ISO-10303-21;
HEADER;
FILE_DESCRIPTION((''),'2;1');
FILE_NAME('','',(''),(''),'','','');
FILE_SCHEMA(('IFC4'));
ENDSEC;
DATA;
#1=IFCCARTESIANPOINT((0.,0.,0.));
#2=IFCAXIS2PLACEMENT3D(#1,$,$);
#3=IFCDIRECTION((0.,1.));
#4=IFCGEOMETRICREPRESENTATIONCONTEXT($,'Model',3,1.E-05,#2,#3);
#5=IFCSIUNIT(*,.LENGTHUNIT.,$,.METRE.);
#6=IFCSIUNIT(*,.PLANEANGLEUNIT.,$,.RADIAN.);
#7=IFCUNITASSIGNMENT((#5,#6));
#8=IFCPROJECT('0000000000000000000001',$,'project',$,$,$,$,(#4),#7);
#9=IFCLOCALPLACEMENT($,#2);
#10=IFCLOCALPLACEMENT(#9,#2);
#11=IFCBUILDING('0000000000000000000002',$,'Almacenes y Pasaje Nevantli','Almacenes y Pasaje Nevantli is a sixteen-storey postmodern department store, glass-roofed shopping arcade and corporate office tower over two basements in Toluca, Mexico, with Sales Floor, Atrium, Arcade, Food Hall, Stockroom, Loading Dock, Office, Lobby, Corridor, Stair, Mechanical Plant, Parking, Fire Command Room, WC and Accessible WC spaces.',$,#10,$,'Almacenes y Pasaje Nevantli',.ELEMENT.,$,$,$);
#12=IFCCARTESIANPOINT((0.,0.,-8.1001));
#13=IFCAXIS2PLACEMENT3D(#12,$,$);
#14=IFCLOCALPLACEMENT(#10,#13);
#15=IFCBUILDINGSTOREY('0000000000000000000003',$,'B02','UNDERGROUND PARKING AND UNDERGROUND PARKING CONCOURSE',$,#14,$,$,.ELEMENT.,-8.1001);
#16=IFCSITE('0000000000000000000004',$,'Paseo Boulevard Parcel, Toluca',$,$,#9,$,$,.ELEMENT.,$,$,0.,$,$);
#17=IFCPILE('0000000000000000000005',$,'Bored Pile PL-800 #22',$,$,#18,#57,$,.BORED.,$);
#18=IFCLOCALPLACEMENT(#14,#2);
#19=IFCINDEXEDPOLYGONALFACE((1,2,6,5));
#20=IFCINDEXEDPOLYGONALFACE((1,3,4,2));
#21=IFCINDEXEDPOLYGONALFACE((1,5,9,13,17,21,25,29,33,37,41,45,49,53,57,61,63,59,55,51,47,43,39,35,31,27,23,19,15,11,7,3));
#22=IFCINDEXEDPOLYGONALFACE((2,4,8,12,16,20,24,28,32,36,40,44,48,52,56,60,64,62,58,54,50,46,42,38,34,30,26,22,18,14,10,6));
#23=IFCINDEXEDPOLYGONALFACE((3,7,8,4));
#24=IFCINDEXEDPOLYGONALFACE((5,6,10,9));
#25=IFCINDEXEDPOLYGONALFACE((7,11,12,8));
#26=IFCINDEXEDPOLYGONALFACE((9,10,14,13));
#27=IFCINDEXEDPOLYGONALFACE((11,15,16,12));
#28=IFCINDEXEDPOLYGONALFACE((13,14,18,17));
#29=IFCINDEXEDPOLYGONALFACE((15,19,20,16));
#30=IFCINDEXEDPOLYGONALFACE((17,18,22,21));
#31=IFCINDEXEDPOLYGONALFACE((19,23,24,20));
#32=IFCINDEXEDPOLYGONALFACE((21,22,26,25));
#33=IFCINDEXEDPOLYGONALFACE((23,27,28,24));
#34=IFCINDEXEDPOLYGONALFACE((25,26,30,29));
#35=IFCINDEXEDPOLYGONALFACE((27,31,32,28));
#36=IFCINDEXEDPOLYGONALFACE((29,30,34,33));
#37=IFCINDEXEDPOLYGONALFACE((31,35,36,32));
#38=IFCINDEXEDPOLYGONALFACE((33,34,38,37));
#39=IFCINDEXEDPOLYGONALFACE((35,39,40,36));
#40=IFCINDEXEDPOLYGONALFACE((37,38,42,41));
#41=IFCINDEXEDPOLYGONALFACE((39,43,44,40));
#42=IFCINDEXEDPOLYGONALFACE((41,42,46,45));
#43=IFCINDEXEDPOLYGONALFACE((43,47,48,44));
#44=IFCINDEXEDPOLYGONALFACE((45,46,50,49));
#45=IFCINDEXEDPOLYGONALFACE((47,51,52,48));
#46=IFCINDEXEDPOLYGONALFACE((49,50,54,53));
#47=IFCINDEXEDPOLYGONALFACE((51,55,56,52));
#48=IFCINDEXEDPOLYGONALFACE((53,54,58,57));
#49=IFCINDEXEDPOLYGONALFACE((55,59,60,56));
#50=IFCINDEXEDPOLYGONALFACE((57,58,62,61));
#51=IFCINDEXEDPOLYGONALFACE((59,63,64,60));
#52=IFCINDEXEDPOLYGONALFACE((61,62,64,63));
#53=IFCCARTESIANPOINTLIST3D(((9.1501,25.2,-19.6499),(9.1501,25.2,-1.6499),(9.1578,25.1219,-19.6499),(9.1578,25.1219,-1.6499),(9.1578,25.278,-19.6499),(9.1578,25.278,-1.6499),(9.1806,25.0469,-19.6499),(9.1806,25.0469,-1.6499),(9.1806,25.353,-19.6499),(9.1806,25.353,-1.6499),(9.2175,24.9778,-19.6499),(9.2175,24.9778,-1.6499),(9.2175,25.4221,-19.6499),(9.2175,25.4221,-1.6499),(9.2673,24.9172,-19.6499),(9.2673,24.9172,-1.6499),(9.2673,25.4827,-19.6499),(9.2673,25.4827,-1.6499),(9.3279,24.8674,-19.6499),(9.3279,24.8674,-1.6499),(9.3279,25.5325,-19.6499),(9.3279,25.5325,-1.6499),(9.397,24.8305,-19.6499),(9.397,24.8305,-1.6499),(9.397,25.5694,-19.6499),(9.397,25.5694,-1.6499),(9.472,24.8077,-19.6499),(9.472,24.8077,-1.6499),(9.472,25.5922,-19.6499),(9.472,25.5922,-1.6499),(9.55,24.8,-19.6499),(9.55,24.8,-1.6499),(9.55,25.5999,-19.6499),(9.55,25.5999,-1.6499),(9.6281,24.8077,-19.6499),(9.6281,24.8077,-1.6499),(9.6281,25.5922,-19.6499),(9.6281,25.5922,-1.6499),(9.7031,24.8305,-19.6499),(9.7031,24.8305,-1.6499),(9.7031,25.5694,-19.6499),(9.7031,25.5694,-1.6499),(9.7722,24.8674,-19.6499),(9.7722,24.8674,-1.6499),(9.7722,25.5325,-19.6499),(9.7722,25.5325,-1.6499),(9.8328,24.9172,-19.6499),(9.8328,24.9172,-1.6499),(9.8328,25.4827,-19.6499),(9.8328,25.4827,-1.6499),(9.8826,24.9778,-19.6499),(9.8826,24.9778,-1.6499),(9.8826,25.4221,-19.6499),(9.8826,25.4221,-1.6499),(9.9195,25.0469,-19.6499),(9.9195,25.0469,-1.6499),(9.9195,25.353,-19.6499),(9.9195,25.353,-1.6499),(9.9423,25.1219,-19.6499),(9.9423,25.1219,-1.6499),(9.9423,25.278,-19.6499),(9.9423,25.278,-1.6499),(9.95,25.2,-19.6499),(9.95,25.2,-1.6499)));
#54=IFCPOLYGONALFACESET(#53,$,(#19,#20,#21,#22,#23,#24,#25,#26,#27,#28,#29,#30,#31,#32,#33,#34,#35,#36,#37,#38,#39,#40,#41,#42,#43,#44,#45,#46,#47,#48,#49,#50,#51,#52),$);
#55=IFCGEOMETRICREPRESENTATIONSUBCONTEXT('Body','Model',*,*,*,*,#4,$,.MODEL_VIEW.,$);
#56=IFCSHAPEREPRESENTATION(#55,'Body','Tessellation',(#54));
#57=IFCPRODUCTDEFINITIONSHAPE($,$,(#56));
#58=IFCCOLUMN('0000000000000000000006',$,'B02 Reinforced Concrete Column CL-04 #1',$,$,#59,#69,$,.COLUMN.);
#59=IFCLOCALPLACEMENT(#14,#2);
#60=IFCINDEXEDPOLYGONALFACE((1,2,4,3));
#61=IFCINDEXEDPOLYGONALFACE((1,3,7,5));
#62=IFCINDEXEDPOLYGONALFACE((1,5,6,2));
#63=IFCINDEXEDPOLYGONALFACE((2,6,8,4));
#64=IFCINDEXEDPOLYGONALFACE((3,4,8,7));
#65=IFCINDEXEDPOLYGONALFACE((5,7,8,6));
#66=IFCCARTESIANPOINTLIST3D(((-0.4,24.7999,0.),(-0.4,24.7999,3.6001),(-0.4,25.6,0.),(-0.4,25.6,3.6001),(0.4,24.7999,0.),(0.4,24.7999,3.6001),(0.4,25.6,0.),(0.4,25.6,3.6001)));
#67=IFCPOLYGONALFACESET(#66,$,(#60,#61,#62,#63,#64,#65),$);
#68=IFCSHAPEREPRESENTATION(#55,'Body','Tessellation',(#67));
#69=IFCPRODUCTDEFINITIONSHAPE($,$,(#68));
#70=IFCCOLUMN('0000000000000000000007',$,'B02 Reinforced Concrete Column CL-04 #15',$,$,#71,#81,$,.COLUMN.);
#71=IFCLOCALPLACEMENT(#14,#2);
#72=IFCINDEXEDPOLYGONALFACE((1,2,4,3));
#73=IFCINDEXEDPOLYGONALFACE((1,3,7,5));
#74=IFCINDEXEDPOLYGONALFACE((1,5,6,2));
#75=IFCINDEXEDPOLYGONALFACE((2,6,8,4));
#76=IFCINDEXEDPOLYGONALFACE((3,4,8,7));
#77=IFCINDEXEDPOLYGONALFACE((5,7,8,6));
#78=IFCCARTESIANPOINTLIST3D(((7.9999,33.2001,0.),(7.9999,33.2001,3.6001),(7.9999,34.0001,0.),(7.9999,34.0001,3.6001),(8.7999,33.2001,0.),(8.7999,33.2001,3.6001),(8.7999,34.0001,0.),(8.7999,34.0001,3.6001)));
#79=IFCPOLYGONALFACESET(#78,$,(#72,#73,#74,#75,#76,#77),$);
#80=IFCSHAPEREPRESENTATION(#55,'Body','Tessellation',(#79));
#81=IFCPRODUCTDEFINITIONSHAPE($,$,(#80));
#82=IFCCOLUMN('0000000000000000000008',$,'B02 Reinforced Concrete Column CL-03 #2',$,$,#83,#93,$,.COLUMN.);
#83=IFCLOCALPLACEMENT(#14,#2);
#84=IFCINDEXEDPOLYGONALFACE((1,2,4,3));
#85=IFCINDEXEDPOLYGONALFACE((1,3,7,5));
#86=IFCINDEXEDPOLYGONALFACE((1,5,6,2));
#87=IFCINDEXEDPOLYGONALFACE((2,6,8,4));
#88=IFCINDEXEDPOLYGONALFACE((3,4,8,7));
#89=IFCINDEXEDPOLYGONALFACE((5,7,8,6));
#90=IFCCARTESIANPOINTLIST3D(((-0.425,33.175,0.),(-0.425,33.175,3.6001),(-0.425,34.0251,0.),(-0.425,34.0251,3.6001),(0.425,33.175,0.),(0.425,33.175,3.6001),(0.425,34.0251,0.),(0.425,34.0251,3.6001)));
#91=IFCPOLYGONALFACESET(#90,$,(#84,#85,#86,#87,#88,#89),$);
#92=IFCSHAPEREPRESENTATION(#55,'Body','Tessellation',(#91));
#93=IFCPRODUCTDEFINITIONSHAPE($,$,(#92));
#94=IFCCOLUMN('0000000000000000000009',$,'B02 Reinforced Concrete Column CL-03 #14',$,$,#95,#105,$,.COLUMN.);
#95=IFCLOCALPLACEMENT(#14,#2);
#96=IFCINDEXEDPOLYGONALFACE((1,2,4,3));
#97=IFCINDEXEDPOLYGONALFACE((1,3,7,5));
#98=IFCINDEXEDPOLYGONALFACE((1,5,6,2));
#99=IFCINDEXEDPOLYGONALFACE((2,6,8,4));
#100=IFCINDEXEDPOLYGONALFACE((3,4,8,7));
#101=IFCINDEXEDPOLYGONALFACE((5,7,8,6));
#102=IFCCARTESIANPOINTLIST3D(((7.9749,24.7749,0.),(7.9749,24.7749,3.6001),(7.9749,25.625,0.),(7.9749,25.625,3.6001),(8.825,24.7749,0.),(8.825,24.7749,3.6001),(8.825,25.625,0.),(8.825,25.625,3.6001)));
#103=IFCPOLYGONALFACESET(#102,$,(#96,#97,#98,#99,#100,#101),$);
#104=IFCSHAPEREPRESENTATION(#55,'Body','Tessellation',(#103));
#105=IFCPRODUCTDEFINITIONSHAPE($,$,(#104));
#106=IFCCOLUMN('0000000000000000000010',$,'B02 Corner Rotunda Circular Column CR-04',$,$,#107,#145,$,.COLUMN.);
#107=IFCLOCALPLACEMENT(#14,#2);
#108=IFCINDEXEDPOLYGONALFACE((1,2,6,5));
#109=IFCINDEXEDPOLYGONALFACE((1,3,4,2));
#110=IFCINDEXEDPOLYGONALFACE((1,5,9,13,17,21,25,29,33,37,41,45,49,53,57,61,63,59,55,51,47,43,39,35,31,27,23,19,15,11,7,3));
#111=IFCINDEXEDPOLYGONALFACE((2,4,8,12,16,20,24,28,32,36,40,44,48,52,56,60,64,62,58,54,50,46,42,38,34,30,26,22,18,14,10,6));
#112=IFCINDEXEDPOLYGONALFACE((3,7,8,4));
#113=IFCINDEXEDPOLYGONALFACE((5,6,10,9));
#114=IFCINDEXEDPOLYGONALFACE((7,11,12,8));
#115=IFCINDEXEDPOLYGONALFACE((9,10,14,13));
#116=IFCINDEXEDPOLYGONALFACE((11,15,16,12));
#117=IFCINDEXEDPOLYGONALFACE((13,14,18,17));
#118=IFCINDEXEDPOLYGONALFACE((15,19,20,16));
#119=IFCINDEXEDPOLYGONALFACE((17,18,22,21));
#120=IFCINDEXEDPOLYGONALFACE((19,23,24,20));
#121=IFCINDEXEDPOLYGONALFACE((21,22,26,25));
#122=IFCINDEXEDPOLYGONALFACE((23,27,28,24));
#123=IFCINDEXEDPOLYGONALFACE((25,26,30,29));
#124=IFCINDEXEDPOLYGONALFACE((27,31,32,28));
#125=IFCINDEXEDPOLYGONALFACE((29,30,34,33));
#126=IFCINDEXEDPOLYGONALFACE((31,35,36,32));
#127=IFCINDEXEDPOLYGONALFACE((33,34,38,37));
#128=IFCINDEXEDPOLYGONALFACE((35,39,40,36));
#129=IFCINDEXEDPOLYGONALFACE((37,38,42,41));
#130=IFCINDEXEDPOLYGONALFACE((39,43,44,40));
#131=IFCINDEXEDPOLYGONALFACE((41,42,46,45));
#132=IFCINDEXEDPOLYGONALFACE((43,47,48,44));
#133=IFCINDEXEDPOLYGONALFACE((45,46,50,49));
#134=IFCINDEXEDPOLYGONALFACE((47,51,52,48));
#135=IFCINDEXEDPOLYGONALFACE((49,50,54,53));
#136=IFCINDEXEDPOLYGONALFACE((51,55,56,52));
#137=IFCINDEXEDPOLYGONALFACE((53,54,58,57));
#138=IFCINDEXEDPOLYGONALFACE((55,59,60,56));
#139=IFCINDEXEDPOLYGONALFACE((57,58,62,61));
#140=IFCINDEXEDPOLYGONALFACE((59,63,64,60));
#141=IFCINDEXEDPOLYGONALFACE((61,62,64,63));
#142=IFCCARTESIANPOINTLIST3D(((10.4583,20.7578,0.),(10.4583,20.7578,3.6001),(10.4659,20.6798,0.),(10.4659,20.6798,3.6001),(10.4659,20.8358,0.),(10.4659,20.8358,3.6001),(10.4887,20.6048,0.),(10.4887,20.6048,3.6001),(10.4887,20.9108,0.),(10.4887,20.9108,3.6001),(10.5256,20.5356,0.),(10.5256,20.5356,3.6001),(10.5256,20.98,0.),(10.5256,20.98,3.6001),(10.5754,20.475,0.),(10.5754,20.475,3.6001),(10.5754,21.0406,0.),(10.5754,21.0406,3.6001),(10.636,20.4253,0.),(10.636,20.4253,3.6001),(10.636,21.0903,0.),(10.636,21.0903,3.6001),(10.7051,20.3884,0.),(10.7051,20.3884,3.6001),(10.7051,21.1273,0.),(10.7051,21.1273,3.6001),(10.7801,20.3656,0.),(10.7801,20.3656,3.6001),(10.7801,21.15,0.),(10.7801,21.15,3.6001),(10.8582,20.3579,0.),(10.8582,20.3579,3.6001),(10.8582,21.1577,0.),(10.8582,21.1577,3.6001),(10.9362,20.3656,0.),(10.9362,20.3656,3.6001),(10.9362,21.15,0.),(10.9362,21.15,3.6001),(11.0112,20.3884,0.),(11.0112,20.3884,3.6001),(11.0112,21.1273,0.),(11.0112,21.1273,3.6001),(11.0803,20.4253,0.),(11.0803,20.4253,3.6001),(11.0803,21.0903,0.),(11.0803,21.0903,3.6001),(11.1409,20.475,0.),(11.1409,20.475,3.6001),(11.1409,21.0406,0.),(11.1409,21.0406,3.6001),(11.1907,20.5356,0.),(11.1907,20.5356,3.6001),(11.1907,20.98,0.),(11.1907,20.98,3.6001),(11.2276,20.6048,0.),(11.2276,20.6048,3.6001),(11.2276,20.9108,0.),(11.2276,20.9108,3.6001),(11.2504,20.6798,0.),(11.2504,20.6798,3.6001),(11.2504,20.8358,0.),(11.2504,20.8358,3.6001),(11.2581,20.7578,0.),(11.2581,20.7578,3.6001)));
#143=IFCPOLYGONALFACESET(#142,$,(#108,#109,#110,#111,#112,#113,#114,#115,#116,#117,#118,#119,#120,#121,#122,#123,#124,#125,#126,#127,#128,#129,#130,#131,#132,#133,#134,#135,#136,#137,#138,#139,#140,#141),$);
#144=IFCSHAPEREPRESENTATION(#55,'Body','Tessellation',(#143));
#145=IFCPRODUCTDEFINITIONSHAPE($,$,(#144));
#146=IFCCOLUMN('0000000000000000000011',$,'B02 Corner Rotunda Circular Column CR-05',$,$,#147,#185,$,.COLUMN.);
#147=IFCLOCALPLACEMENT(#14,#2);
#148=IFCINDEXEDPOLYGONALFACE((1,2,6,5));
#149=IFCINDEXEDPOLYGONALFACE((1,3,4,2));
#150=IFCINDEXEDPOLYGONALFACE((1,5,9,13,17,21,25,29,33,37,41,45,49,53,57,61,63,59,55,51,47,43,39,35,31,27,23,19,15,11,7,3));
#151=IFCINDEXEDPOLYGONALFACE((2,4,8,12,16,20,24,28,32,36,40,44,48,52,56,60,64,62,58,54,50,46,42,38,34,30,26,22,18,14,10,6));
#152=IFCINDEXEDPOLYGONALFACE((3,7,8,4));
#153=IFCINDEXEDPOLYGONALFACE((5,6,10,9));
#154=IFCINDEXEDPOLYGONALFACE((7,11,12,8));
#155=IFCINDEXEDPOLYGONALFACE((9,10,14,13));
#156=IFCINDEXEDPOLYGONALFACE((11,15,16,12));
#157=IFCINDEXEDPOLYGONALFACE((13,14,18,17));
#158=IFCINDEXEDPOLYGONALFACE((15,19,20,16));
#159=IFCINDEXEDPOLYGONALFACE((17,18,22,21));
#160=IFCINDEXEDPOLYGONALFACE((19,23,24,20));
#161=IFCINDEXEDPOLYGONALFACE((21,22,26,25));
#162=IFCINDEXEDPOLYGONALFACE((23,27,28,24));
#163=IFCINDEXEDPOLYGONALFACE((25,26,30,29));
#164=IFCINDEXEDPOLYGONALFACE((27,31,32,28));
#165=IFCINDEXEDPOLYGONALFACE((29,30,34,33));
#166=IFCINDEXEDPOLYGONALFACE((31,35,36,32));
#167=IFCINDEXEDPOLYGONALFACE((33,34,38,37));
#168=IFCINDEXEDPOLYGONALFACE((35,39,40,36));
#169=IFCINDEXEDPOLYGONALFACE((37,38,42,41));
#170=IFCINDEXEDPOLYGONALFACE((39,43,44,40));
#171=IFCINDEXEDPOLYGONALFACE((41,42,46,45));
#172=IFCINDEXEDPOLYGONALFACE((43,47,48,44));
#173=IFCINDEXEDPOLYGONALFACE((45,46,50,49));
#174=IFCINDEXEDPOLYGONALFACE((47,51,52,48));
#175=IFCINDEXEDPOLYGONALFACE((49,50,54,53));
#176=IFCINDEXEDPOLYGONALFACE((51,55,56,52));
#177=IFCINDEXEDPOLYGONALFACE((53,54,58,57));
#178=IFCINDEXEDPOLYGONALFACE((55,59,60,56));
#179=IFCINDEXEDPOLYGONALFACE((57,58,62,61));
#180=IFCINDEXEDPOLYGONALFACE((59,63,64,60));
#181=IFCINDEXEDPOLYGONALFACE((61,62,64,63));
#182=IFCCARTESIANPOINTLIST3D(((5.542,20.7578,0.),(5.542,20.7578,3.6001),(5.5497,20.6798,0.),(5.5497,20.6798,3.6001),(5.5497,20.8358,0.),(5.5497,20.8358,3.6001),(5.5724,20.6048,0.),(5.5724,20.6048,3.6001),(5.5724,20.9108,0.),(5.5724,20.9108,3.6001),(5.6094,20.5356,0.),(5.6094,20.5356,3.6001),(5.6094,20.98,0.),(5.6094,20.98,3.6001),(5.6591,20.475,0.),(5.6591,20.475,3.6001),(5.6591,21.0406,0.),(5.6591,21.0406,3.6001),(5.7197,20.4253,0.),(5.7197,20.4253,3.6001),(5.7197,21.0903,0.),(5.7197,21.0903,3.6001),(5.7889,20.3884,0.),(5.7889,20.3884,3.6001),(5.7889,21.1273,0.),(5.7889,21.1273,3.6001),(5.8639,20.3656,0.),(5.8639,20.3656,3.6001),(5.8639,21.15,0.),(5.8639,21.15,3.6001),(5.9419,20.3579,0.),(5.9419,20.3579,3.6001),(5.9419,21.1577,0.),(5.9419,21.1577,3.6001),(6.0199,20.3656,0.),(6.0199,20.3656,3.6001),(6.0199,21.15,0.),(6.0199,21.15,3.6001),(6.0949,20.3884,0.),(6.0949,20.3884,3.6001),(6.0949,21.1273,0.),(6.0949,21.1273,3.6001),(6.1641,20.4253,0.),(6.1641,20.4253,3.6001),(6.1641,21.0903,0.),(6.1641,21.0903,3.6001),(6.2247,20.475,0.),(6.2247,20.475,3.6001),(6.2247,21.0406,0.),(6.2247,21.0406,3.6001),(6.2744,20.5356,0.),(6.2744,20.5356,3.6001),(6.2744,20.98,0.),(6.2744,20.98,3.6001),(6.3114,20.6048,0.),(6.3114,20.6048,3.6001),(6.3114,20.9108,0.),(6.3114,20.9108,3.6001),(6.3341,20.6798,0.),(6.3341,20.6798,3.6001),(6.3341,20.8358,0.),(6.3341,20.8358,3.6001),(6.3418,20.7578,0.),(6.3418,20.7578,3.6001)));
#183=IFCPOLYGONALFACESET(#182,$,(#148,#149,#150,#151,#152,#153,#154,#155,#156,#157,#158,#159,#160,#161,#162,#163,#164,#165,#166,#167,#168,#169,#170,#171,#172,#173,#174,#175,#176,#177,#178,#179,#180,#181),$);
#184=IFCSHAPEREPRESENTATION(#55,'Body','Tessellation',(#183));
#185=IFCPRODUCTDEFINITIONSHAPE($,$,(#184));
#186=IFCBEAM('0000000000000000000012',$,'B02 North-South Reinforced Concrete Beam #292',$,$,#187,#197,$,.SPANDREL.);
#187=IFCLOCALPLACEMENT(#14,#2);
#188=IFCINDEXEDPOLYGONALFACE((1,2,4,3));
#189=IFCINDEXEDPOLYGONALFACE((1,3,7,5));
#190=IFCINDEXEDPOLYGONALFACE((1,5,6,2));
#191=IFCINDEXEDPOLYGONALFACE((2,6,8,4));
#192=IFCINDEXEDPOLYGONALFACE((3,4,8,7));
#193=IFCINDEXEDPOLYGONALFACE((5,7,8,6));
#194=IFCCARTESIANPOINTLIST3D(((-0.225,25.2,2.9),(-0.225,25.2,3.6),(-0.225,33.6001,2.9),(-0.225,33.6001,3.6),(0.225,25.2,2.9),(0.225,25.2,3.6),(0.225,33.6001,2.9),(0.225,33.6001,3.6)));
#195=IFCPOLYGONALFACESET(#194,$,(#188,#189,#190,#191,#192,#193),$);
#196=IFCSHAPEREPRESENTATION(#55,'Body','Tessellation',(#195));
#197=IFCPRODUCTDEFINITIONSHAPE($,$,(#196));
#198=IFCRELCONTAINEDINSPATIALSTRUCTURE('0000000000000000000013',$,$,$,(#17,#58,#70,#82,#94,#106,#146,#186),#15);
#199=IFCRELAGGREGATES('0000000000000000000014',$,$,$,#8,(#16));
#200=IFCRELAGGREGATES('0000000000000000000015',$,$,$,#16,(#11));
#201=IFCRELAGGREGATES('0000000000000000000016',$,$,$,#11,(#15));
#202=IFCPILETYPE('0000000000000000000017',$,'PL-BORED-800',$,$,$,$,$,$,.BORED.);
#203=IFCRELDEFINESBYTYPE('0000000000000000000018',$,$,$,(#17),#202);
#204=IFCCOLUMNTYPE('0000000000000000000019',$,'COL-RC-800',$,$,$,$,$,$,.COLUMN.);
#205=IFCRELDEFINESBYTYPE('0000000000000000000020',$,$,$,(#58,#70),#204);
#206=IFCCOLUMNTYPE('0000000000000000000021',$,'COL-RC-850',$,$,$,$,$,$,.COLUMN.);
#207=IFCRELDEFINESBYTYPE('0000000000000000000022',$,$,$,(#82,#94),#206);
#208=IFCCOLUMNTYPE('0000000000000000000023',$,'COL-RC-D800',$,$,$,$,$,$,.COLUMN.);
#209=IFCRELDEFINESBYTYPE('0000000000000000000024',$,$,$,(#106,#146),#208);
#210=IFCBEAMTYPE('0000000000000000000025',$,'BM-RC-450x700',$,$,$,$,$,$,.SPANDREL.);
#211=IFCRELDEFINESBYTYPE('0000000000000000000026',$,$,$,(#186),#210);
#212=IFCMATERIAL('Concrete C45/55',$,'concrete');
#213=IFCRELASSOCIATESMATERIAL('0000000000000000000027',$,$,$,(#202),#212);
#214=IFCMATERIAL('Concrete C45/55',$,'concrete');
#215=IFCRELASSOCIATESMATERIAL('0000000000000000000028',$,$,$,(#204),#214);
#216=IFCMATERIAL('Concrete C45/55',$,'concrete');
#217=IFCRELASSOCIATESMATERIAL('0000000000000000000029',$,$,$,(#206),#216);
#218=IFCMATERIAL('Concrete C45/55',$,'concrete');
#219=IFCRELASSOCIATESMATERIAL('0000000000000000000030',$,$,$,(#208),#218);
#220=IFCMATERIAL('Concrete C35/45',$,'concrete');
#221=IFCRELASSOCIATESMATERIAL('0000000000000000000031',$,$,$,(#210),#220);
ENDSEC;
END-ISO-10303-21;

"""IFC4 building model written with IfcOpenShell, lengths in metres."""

from ifc_helpers import new_model, si_unit, direction, frame, origin, origin_2d, place, context, subcontext, project, spatial, rectangle, circle, extrude, material, material_profile, profile_set, type_object, element, save


model = new_model("IFC4")

# Units and contexts
model_context = context("Model", 3, precision=1e-05, world=origin(), true_north=direction((0.0, 1.0)))
body_context = subcontext(model_context, "Body", "Model", "MODEL_VIEW")
ifc_project = project(units=[si_unit("LENGTHUNIT", "METRE"), si_unit("PLANEANGLEUNIT", "RADIAN")], contexts=[model_context])

# Site, building, storey
site_placement = place(None, origin())
site = spatial("IfcSite", under=ifc_project, at=site_placement, Name="Paseo Boulevard Parcel, Toluca", CompositionType="ELEMENT", RefElevation=0.0)
building_placement = place(site_placement, origin())
building = spatial("IfcBuilding", under=site, at=building_placement, Name="Almacenes y Pasaje Nevantli", Description="Almacenes y Pasaje Nevantli is a sixteen-storey postmodern department store, glass-roofed shopping arcade and corporate office tower over two basements in Toluca, Mexico, with Sales Floor, Atrium, Arcade, Food Hall, Stockroom, Loading Dock, Office, Lobby, Corridor, Stair, Mechanical Plant, Parking, Fire Command Room, WC and Accessible WC spaces.", LongName="Almacenes y Pasaje Nevantli", CompositionType="ELEMENT")
storey_placement = place(building_placement, frame((0.0, 0.0, -8.1001)))
storey = spatial("IfcBuildingStorey", under=building, at=storey_placement, Name="B02", Description="UNDERGROUND PARKING AND UNDERGROUND PARKING CONCOURSE", CompositionType="ELEMENT", Elevation=-8.1001)

# Pile
ifc_material_1 = material(Name="Concrete C45/55", Category="concrete")
ifc_material_profile_1 = material_profile(ifc_material_1, circle(Radius=0.3999, at=origin_2d()), Name="RC-PILE-D800")
ifc_profile_set_1 = profile_set([ifc_material_profile_1], Name="Concrete C45/55")
pile_type_1 = type_object("IfcPileType", Name="PL-BORED-800", PredefinedType="BORED", material=ifc_profile_set_1)
for number, where, z_axis, x_axis, name in (
    (1, (9.55, 25.2, -1.6499), (0.0, 0.0, -1.0), (1.0, 0.0, 0.0), "Bored Pile PL-800 #22"),
):
    element("IfcPile", number, at=place(storey_placement, frame(where, z_axis=z_axis, x_axis=x_axis)), inside=storey, type_object=pile_type_1, Name=name, PredefinedType="BORED", context=body_context, shape_type="SweptSolid", body=[
        extrude(circle(Radius=0.3999, at=origin_2d()), origin(), (0.0, 0.0, 1.0), 18.0),
    ])

# Columns
ifc_material_2 = material(Name="Concrete C45/55", Category="concrete")
ifc_material_profile_2 = material_profile(ifc_material_2, rectangle(XDim=0.8, YDim=0.8, at=origin_2d()), Name="RC-COL-800x800")
ifc_profile_set_2 = profile_set([ifc_material_profile_2], Name="Concrete C45/55")
column_type_1 = type_object("IfcColumnType", Name="COL-RC-800", PredefinedType="COLUMN", material=ifc_profile_set_2)
for number, where, z_axis, x_axis, name in (
    (2, (0.0, 25.2, 0.0), (0.0, 0.0, 1.0), (1.0, 0.0, 0.0), "B02 Reinforced Concrete Column CL-04 #1"),
    (3, (8.3999, 33.6001, 0.0), (0.0, 0.0, 1.0), (1.0, 0.0, 0.0), "B02 Reinforced Concrete Column CL-04 #15"),
):
    element("IfcColumn", number, at=place(storey_placement, frame(where, z_axis=z_axis, x_axis=x_axis)), inside=storey, type_object=column_type_1, Name=name, PredefinedType="COLUMN", context=body_context, shape_type="SweptSolid", body=[
        extrude(rectangle(XDim=0.8, YDim=0.8, at=origin_2d()), origin(), (0.0, 0.0, 1.0), 3.6001),
    ])
ifc_material_3 = material(Name="Concrete C45/55", Category="concrete")
ifc_material_profile_3 = material_profile(ifc_material_3, rectangle(XDim=0.8501, YDim=0.8501, at=origin_2d()), Name="RC-COL-850x850")
ifc_profile_set_3 = profile_set([ifc_material_profile_3], Name="Concrete C45/55")
column_type_2 = type_object("IfcColumnType", Name="COL-RC-850", PredefinedType="COLUMN", material=ifc_profile_set_3)
for number, where, z_axis, x_axis, name in (
    (4, (0.0, 33.6001, 0.0), (0.0, 0.0, 1.0), (1.0, 0.0, 0.0), "B02 Reinforced Concrete Column CL-03 #2"),
    (5, (8.3999, 25.2, 0.0), (0.0, 0.0, 1.0), (1.0, 0.0, 0.0), "B02 Reinforced Concrete Column CL-03 #14"),
):
    element("IfcColumn", number, at=place(storey_placement, frame(where, z_axis=z_axis, x_axis=x_axis)), inside=storey, type_object=column_type_2, Name=name, PredefinedType="COLUMN", context=body_context, shape_type="SweptSolid", body=[
        extrude(rectangle(XDim=0.8501, YDim=0.8501, at=origin_2d()), origin(), (0.0, 0.0, 1.0), 3.6001),
    ])
ifc_material_4 = material(Name="Concrete C45/55", Category="concrete")
ifc_material_profile_4 = material_profile(ifc_material_4, circle(Radius=0.3999, at=origin_2d()), Name="RC-COL-D800")
ifc_profile_set_4 = profile_set([ifc_material_profile_4], Name="Concrete C45/55")
column_type_3 = type_object("IfcColumnType", Name="COL-RC-D800", PredefinedType="COLUMN", material=ifc_profile_set_4)
for number, where, z_axis, x_axis, name in (
    (6, (10.8582, 20.7578, 0.0), (0.0, 0.0, 1.0), (1.0, 0.0, 0.0), "B02 Corner Rotunda Circular Column CR-04"),
    (7, (5.9419, 20.7578, 0.0), (0.0, 0.0, 1.0), (1.0, 0.0, 0.0), "B02 Corner Rotunda Circular Column CR-05"),
):
    element("IfcColumn", number, at=place(storey_placement, frame(where, z_axis=z_axis, x_axis=x_axis)), inside=storey, type_object=column_type_3, Name=name, PredefinedType="COLUMN", context=body_context, shape_type="SweptSolid", body=[
        extrude(circle(Radius=0.3999, at=origin_2d()), origin(), (0.0, 0.0, 1.0), 3.6001),
    ])

# Beam
ifc_material_5 = material(Name="Concrete C35/45", Category="concrete")
ifc_material_profile_5 = material_profile(ifc_material_5, rectangle(XDim=0.45, YDim=0.7, at=origin_2d()), Name="RC-BM-450x700")
ifc_profile_set_5 = profile_set([ifc_material_profile_5], Name="Concrete C35/45")
beam_type_1 = type_object("IfcBeamType", Name="BM-RC-450x700", PredefinedType="SPANDREL", material=ifc_profile_set_5)
beam_1_placement = place(storey_placement, frame((0.0, 25.2, 3.25), z_axis=(0.0, 1.0, 0.0), x_axis=(-1.0, 0.0, 0.0)))
element("IfcBeam", 8, at=beam_1_placement, inside=storey, type_object=beam_type_1, Name="B02 North-South Reinforced Concrete Beam #292", PredefinedType="SPANDREL", context=body_context, shape_type="SweptSolid", body=[
    extrude(rectangle(XDim=0.45, YDim=0.7, at=origin_2d()), origin(), (0.0, 0.0, 1.0), 8.4001),
])

save(model, "model.ifc")
